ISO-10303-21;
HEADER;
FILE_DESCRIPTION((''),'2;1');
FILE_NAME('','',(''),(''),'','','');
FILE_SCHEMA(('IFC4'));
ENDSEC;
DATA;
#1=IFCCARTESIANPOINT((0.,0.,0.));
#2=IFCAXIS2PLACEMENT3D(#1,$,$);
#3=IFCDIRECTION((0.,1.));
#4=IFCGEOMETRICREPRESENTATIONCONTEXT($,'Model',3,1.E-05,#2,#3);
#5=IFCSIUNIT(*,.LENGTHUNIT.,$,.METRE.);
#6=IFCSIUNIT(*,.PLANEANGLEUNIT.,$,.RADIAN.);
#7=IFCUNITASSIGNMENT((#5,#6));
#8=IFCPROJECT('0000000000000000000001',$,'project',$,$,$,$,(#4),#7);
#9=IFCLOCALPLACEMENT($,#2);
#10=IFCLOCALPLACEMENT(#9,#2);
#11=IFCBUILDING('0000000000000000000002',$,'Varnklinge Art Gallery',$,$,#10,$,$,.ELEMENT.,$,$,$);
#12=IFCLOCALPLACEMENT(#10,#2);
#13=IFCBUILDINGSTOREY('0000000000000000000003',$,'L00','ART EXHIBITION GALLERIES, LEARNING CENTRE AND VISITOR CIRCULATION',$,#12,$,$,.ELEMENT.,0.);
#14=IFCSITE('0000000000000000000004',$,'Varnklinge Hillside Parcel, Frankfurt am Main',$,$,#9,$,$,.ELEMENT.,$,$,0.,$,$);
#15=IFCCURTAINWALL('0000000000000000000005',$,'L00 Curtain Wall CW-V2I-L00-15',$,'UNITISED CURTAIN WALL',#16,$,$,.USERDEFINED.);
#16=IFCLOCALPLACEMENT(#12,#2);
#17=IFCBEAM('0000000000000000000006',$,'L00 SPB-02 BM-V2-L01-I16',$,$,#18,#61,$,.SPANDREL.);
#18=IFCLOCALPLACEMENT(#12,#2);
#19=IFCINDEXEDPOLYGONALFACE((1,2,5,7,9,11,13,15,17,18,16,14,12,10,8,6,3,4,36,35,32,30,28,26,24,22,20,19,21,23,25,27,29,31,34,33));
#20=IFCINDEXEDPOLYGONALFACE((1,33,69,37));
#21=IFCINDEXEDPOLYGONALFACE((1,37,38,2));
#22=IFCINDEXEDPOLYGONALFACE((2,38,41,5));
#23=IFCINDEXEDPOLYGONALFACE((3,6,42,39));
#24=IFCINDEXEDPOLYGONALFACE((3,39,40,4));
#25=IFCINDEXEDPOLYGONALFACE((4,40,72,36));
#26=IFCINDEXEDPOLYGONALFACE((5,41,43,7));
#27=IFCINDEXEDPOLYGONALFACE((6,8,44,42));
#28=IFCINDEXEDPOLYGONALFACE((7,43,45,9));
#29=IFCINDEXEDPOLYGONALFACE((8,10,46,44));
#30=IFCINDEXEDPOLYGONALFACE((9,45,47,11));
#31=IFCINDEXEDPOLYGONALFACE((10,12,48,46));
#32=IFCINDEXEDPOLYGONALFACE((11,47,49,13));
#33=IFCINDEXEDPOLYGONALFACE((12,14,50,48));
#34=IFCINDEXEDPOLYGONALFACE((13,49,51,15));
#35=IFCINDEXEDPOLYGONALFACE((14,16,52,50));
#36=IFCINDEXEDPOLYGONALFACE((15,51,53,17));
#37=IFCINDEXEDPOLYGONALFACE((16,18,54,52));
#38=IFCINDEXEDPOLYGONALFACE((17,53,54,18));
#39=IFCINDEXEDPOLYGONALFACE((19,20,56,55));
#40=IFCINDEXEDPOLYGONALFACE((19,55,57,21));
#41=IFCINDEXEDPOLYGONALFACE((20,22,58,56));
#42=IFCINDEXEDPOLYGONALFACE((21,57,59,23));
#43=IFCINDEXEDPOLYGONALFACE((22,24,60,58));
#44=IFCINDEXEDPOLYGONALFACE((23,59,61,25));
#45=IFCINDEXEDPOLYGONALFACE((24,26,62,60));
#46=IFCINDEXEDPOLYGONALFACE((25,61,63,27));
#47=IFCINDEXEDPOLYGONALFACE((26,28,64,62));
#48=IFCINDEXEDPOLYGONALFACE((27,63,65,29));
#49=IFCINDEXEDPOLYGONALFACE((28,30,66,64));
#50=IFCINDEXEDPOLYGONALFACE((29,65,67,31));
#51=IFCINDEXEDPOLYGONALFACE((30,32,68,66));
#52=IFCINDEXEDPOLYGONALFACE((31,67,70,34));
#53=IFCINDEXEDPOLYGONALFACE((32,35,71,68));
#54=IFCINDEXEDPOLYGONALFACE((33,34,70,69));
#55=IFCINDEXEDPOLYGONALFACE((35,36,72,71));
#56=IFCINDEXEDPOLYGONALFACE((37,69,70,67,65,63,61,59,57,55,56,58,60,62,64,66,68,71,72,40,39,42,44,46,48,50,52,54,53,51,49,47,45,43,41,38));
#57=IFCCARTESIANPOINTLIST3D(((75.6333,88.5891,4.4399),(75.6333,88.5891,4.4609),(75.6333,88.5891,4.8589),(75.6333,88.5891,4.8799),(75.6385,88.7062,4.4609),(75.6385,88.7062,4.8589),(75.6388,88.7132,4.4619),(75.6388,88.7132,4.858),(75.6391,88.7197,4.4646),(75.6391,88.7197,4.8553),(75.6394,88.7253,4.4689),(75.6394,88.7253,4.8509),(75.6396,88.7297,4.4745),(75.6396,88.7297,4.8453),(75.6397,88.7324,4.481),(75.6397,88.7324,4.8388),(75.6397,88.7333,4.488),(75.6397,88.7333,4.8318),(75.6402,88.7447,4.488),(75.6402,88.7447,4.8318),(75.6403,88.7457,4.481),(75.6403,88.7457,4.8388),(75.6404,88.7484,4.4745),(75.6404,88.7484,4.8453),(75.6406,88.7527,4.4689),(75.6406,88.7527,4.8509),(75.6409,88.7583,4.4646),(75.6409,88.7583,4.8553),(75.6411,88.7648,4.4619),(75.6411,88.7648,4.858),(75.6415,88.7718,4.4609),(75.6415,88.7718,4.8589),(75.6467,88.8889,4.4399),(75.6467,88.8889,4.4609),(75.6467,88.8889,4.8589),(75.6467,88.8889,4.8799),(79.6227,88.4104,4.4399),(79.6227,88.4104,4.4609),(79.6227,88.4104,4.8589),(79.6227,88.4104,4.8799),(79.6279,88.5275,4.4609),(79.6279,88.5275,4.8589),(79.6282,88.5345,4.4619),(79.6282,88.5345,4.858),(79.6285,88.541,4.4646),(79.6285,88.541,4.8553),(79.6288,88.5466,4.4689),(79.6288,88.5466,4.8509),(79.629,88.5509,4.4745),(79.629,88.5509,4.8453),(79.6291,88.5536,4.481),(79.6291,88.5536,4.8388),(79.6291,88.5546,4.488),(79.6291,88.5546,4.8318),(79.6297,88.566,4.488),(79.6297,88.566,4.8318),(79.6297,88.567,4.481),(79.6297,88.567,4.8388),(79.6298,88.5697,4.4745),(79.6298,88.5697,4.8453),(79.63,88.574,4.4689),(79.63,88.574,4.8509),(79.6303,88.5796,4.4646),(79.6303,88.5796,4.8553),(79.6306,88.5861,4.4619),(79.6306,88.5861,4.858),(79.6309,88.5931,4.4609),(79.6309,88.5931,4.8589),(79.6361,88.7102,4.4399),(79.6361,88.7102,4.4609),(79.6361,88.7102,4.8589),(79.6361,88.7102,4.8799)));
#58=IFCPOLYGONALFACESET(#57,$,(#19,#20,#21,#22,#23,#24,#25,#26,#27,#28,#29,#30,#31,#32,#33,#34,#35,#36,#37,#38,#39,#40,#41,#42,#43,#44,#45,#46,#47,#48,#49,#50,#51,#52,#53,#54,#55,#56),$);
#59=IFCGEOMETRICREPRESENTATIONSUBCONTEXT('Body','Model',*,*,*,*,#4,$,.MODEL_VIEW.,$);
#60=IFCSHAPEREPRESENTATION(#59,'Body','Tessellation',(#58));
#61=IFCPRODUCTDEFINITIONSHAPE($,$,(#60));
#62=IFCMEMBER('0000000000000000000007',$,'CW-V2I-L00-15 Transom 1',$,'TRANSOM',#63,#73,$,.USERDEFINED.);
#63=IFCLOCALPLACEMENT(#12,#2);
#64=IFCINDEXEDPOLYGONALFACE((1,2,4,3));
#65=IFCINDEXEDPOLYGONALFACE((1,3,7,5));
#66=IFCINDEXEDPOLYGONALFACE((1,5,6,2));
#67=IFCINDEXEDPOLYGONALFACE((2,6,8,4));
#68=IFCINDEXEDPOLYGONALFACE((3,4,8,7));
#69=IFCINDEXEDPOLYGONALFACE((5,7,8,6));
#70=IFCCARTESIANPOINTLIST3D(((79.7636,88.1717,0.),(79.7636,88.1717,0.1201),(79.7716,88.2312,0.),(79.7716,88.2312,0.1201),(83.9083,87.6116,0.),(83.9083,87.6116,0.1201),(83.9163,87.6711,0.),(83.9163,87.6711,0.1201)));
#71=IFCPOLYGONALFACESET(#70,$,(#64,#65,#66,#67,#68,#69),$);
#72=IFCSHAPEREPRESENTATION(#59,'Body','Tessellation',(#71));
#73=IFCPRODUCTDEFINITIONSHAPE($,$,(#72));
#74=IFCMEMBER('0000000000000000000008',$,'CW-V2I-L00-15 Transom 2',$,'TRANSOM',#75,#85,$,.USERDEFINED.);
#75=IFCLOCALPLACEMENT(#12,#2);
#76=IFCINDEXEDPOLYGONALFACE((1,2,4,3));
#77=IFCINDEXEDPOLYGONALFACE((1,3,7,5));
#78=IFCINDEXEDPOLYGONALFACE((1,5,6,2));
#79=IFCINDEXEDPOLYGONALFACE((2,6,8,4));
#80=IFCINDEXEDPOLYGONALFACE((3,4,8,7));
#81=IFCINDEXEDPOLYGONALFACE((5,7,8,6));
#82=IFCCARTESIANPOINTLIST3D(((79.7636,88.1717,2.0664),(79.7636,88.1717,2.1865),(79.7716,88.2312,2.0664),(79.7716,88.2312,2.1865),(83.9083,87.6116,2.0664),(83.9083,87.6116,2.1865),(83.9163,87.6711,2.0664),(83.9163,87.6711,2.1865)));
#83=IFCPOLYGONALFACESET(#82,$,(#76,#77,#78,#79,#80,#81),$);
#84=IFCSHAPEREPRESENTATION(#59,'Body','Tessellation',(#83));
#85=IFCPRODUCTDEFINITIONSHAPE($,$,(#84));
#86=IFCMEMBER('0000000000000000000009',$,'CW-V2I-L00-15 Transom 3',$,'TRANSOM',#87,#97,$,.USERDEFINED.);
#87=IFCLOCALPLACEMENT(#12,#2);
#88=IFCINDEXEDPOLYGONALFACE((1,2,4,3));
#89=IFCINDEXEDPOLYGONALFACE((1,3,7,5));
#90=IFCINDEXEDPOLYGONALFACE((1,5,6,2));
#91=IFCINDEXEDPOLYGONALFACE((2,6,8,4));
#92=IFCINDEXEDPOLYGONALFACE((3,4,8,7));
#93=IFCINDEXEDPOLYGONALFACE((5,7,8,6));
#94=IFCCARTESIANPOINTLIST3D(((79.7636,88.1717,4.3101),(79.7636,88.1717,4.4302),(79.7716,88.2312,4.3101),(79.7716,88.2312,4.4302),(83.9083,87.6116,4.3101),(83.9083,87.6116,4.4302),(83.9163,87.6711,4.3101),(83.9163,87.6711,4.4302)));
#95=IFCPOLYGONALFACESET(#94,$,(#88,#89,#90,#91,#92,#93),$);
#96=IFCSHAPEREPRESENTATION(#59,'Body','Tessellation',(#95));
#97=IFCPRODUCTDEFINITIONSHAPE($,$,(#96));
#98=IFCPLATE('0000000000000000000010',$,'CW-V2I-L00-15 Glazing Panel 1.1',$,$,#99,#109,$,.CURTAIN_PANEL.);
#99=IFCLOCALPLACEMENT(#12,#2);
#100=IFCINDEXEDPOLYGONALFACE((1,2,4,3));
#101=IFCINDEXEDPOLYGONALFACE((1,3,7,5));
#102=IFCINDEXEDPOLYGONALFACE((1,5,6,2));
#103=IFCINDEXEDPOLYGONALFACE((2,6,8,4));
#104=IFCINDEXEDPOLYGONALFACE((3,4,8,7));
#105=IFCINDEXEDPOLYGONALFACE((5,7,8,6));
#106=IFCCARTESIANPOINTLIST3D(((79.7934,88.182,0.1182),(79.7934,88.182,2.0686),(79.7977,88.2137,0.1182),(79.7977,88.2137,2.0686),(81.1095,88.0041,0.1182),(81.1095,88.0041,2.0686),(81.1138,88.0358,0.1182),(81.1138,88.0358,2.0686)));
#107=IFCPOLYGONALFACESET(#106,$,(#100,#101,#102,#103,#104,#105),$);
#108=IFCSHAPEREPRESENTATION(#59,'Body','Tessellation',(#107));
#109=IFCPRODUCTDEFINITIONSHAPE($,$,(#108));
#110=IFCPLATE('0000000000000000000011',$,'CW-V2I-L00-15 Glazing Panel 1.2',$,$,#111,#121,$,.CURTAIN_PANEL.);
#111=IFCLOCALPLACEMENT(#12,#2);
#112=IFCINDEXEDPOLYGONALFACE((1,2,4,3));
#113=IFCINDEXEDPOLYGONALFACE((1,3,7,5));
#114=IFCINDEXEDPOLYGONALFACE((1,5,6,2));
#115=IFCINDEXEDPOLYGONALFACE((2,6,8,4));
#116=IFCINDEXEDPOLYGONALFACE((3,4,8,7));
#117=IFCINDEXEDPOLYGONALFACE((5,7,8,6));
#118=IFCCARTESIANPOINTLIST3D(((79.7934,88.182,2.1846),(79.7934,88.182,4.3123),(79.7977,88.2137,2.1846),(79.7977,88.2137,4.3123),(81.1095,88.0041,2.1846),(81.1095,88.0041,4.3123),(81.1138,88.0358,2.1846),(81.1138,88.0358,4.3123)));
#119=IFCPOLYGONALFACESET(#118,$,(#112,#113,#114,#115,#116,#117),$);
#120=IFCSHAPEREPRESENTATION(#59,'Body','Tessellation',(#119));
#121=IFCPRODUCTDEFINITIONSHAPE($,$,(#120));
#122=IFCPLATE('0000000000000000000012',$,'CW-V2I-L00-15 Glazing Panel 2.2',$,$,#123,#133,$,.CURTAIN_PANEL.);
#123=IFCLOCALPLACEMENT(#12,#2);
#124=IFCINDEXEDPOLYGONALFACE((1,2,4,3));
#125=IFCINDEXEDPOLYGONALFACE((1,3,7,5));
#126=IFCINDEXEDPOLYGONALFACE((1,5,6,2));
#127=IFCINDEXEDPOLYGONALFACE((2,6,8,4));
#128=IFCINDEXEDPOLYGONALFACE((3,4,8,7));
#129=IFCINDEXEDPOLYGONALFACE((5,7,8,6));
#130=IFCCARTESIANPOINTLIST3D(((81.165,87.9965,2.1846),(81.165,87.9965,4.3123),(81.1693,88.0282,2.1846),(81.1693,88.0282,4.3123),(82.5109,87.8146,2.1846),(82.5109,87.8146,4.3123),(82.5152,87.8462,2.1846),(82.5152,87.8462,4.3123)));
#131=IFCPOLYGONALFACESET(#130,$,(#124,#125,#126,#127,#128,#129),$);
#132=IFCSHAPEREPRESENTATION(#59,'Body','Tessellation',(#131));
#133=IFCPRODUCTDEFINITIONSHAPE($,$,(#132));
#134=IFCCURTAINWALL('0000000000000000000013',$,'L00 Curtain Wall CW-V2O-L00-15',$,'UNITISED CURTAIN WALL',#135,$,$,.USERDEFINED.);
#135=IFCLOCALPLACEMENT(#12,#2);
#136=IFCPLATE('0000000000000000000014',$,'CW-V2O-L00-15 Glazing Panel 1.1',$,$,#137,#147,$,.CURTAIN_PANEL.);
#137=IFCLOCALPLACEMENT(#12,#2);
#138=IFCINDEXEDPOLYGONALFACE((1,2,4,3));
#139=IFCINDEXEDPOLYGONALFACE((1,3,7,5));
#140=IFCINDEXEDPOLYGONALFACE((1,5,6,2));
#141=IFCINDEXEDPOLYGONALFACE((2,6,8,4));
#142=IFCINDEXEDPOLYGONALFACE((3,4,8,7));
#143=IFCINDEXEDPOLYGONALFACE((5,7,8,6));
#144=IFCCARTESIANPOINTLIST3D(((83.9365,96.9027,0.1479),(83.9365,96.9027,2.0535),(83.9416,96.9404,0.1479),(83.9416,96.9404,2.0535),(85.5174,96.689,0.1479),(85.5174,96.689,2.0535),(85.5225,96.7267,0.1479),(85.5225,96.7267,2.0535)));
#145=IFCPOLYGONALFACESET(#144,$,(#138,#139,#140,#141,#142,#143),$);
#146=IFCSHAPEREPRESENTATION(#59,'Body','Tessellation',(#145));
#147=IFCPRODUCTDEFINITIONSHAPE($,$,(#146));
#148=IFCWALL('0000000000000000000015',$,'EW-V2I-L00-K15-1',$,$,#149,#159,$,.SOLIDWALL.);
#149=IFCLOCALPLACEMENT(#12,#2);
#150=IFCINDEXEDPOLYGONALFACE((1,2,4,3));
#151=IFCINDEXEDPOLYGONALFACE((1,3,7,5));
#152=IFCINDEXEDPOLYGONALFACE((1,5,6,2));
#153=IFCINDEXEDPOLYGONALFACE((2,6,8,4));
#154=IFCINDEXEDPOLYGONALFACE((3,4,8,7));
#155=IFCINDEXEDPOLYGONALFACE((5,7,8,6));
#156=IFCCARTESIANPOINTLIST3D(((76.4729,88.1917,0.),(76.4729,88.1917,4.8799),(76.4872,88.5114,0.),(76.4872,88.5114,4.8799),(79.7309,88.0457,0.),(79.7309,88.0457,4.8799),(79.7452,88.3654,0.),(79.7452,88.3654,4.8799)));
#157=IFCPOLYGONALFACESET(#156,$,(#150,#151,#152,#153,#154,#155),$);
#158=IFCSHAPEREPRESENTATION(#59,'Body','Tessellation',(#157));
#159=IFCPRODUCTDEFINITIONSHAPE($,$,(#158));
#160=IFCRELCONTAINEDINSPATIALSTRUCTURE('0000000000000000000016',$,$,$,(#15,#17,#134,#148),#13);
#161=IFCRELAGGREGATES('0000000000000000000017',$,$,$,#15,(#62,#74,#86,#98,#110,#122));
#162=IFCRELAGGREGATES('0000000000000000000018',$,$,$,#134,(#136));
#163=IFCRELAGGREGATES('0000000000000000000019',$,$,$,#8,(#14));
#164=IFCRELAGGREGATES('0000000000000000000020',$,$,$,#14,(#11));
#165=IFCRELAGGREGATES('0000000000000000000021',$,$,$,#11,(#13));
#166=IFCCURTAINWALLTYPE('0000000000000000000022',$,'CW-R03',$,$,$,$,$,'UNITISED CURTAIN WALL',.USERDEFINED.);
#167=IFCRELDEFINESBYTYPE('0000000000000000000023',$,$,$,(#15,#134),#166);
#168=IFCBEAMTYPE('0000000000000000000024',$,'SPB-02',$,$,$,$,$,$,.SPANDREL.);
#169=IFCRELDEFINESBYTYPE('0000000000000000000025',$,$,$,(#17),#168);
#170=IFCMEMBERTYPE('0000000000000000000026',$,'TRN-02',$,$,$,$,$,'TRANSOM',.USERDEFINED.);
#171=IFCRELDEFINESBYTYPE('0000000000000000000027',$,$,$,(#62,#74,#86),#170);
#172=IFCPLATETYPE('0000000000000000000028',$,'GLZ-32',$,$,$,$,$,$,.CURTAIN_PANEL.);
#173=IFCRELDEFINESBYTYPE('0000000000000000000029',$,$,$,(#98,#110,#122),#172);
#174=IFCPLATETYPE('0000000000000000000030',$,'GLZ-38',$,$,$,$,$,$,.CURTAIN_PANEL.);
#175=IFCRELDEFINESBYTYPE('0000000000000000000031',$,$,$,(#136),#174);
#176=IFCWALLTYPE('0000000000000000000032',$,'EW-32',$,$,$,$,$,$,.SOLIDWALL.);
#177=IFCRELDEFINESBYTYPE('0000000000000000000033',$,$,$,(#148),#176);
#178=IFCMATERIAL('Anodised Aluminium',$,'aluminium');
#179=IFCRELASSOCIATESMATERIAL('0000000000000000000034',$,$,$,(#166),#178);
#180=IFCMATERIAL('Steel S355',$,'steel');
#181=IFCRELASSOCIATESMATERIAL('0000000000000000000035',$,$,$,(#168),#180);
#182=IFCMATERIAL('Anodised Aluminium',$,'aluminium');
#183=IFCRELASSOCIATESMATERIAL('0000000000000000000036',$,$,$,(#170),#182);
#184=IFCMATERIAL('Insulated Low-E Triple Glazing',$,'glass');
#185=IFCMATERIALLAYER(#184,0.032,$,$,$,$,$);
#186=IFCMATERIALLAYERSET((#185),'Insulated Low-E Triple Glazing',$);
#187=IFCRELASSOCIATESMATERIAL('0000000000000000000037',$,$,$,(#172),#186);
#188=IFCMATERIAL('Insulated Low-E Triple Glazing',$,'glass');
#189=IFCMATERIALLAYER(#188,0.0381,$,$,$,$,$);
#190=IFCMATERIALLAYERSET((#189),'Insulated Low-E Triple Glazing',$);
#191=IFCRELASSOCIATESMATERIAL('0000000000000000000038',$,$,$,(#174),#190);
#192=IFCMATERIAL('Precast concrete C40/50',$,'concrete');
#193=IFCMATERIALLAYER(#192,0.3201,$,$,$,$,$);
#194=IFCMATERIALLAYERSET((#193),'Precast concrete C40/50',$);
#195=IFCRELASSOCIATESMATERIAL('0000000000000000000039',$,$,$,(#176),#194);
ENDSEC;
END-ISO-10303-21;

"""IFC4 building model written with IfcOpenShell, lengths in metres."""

from ifc_helpers import new_model, si_unit, direction, frame, frame_2d, origin, origin_2d, place, context, subcontext, project, spatial, rectangle, i_section, extrude, material, layer, layer_set, material_profile, profile_set, type_object, element, aggregate, save


model = new_model("IFC4")

# Units and contexts
model_context = context("Model", 3, precision=1e-05, world=origin(), true_north=direction((0.0, 1.0)))
body_context = subcontext(model_context, "Body", "Model", "MODEL_VIEW")
ifc_project = project(units=[si_unit("LENGTHUNIT", "METRE"), si_unit("PLANEANGLEUNIT", "RADIAN")], contexts=[model_context])

# Site, building, storey
site_placement = place(None, origin())
site = spatial("IfcSite", under=ifc_project, at=site_placement, Name="Varnklinge Hillside Parcel, Frankfurt am Main", CompositionType="ELEMENT", RefElevation=0.0)
building_placement = place(site_placement, origin())
building = spatial("IfcBuilding", under=site, at=building_placement, Name="Varnklinge Art Gallery", CompositionType="ELEMENT")
storey_placement = place(building_placement, origin())
storey = spatial("IfcBuildingStorey", under=building, at=storey_placement, Name="L00", Description="ART EXHIBITION GALLERIES, LEARNING CENTRE AND VISITOR CIRCULATION", CompositionType="ELEMENT", Elevation=0.0)

# Curtain wall
ifc_material_1 = material(Name="Anodised Aluminium", Category="aluminium")
curtain_wall_type = type_object("IfcCurtainWallType", Name="CW-R03", ElementType="UNITISED CURTAIN WALL", PredefinedType="USERDEFINED", material=ifc_material_1)
curtain_wall_1_placement = place(storey_placement, origin())
curtain_wall_1 = element("IfcCurtainWall", 1, at=curtain_wall_1_placement, inside=storey, type_object=curtain_wall_type, Name="L00 Curtain Wall CW-V2I-L00-15", ObjectType="UNITISED CURTAIN WALL", PredefinedType="USERDEFINED")

# Beam
ifc_material_2 = material(Name="Steel S355", Category="steel")
ifc_material_profile_1 = material_profile(ifc_material_2, i_section(OverallWidth=0.3, OverallDepth=0.4399, WebThickness=0.0115, FlangeThickness=0.021, FilletRadius=0.0271, at=origin_2d()), Name="HEA 450")
ifc_profile_set_1 = profile_set([ifc_material_profile_1], Name="Steel S355")
beam_type_1 = type_object("IfcBeamType", Name="SPB-02", PredefinedType="SPANDREL", material=ifc_profile_set_1)
beam_1_placement = place(storey_placement, frame((79.6294, 88.5603, 4.6599), z_axis=(-0.998998, 0.04475, 0.0), x_axis=(-0.04475, -0.998998, 0.0)))
element("IfcBeam", 2, at=beam_1_placement, inside=storey, type_object=beam_type_1, Name="L00 SPB-02 BM-V2-L01-I16", PredefinedType="SPANDREL", context=body_context, shape_type="SweptSolid", body=[
    extrude(i_section(OverallWidth=0.3, OverallDepth=0.4399, WebThickness=0.0115, FlangeThickness=0.021, FilletRadius=0.0271, at=origin_2d()), origin(), (0.0, 0.0, 1.0), 3.9934),
])

# Members
ifc_material_3 = material(Name="Anodised Aluminium", Category="aluminium")
ifc_material_profile_2 = material_profile(ifc_material_3, rectangle(XDim=0.0601, YDim=0.1201, at=origin_2d()), Name="ALU 60x120")
ifc_profile_set_2 = profile_set([ifc_material_profile_2], Name="Anodised Aluminium")
member_type_1 = type_object("IfcMemberType", Name="TRN-02", ElementType="TRANSOM", PredefinedType="USERDEFINED", material=ifc_profile_set_2)
member_1_placement = place(storey_placement, frame((79.7676, 88.2014, 0.0601), z_axis=(0.990994, -0.133907, 0.0), x_axis=(0.133907, 0.990994, 0.0)))
member_1 = element("IfcMember", 3, at=member_1_placement, type_object=member_type_1, Name="CW-V2I-L00-15 Transom 1", ObjectType="TRANSOM", PredefinedType="USERDEFINED", context=body_context, shape_type="SweptSolid", body=[
    extrude(rectangle(XDim=0.0601, YDim=0.1201, at=origin_2d()), origin(), (0.0, 0.0, 1.0), 4.1824),
])
member_2_placement = place(storey_placement, frame((79.7676, 88.2014, 2.1265), z_axis=(0.990994, -0.133907, 0.0), x_axis=(0.133907, 0.990994, 0.0)))
member_2 = element("IfcMember", 4, at=member_2_placement, type_object=member_type_1, Name="CW-V2I-L00-15 Transom 2", ObjectType="TRANSOM", PredefinedType="USERDEFINED", context=body_context, shape_type="SweptSolid", body=[
    extrude(rectangle(XDim=0.0601, YDim=0.1201, at=origin_2d()), origin(), (0.0, 0.0, 1.0), 4.1824),
])
member_3_placement = place(storey_placement, frame((79.7676, 88.2014, 4.3701), z_axis=(0.990994, -0.133907, 0.0), x_axis=(0.133907, 0.990994, 0.0)))
member_3 = element("IfcMember", 5, at=member_3_placement, type_object=member_type_1, Name="CW-V2I-L00-15 Transom 3", ObjectType="TRANSOM", PredefinedType="USERDEFINED", context=body_context, shape_type="SweptSolid", body=[
    extrude(rectangle(XDim=0.0601, YDim=0.1201, at=origin_2d()), origin(), (0.0, 0.0, 1.0), 4.1824),
])

# Plates
ifc_material_4 = material(Name="Insulated Low-E Triple Glazing", Category="glass")
ifc_layer_1 = layer(ifc_material_4, 0.032)
ifc_layer_set_1 = layer_set([ifc_layer_1], Name="Insulated Low-E Triple Glazing")
plate_type_1 = type_object("IfcPlateType", Name="GLZ-32", PredefinedType="CURTAIN_PANEL", material=ifc_layer_set_1)
plate_1_placement = place(storey_placement, frame((80.4536, 88.1089, 0.1182), z_axis=(0.0, 0.0, 1.0), x_axis=(0.990983, -0.133986, 0.0)))
plate_1 = element("IfcPlate", 6, at=plate_1_placement, type_object=plate_type_1, Name="CW-V2I-L00-15 Glazing Panel 1.1", PredefinedType="CURTAIN_PANEL", context=body_context, shape_type="SweptSolid", body=[
    extrude(rectangle(XDim=1.3281, YDim=0.032, at=origin_2d()), origin(), (0.0, 0.0, 1.0), 1.9504),
])
plate_2_placement = place(storey_placement, frame((80.4536, 88.1089, 2.1846), z_axis=(0.0, 0.0, 1.0), x_axis=(0.990983, -0.133986, 0.0)))
plate_2 = element("IfcPlate", 7, at=plate_2_placement, type_object=plate_type_1, Name="CW-V2I-L00-15 Glazing Panel 1.2", PredefinedType="CURTAIN_PANEL", context=body_context, shape_type="SweptSolid", body=[
    extrude(rectangle(XDim=1.3281, YDim=0.032, at=origin_2d()), origin(), (0.0, 0.0, 1.0), 2.1277),
])
plate_3_placement = place(storey_placement, frame((81.8401, 87.9214, 2.1846), z_axis=(0.0, 0.0, 1.0), x_axis=(0.990983, -0.133986, 0.0)))
plate_3 = element("IfcPlate", 8, at=plate_3_placement, type_object=plate_type_1, Name="CW-V2I-L00-15 Glazing Panel 2.2", PredefinedType="CURTAIN_PANEL", context=body_context, shape_type="SweptSolid", body=[
    extrude(rectangle(XDim=1.3582, YDim=0.032, at=origin_2d()), origin(), (0.0, 0.0, 1.0), 2.1277),
])
aggregate(curtain_wall_1, [member_1, member_2, member_3, plate_1, plate_2, plate_3])

# Curtain wall, plate
curtain_wall_2_placement = place(storey_placement, origin())
curtain_wall_2 = element("IfcCurtainWall", 9, at=curtain_wall_2_placement, inside=storey, type_object=curtain_wall_type, Name="L00 Curtain Wall CW-V2O-L00-15", ObjectType="UNITISED CURTAIN WALL", PredefinedType="USERDEFINED")
ifc_material_5 = material(Name="Insulated Low-E Triple Glazing", Category="glass")
ifc_layer_2 = layer(ifc_material_5, 0.0381)
ifc_layer_set_2 = layer_set([ifc_layer_2], Name="Insulated Low-E Triple Glazing")
plate_type_2 = type_object("IfcPlateType", Name="GLZ-38", PredefinedType="CURTAIN_PANEL", material=ifc_layer_set_2)
plate_4_placement = place(storey_placement, frame((84.7295, 96.8147, 0.1479), z_axis=(0.0, 0.0, 1.0), x_axis=(-0.990983, 0.133986, 0.0)))
plate_4 = element("IfcPlate", 10, at=plate_4_placement, type_object=plate_type_2, Name="CW-V2O-L00-15 Glazing Panel 1.1", PredefinedType="CURTAIN_PANEL", context=body_context, shape_type="SweptSolid", body=[
    extrude(rectangle(XDim=1.5952, YDim=0.0381, at=origin_2d()), origin(), (0.0, 0.0, 1.0), 1.9055),
])
aggregate(curtain_wall_2, [plate_4])

# Wall
ifc_material_6 = material(Name="Precast concrete C40/50", Category="concrete")
ifc_layer_3 = layer(ifc_material_6, 0.3201)
ifc_layer_set_3 = layer_set([ifc_layer_3], Name="Precast concrete C40/50")
wall_type_1 = type_object("IfcWallType", Name="EW-32", PredefinedType="SOLIDWALL", material=ifc_layer_set_3)
wall_1_placement = place(storey_placement, frame((79.738, 88.2056, 0.0), z_axis=(0.0, 0.0, 1.0), x_axis=(-0.998998, 0.044766, 0.0)))
element("IfcWall", 11, at=wall_1_placement, inside=storey, type_object=wall_type_1, Name="EW-V2I-L00-K15-1", PredefinedType="SOLIDWALL", context=body_context, shape_type="SweptSolid", body=[
    extrude(rectangle(XDim=3.2612, YDim=0.3201, at=frame_2d((1.6306, 0.0))), origin(), (0.0, 0.0, 1.0), 4.8799),
])

save(model, "model.ifc")
